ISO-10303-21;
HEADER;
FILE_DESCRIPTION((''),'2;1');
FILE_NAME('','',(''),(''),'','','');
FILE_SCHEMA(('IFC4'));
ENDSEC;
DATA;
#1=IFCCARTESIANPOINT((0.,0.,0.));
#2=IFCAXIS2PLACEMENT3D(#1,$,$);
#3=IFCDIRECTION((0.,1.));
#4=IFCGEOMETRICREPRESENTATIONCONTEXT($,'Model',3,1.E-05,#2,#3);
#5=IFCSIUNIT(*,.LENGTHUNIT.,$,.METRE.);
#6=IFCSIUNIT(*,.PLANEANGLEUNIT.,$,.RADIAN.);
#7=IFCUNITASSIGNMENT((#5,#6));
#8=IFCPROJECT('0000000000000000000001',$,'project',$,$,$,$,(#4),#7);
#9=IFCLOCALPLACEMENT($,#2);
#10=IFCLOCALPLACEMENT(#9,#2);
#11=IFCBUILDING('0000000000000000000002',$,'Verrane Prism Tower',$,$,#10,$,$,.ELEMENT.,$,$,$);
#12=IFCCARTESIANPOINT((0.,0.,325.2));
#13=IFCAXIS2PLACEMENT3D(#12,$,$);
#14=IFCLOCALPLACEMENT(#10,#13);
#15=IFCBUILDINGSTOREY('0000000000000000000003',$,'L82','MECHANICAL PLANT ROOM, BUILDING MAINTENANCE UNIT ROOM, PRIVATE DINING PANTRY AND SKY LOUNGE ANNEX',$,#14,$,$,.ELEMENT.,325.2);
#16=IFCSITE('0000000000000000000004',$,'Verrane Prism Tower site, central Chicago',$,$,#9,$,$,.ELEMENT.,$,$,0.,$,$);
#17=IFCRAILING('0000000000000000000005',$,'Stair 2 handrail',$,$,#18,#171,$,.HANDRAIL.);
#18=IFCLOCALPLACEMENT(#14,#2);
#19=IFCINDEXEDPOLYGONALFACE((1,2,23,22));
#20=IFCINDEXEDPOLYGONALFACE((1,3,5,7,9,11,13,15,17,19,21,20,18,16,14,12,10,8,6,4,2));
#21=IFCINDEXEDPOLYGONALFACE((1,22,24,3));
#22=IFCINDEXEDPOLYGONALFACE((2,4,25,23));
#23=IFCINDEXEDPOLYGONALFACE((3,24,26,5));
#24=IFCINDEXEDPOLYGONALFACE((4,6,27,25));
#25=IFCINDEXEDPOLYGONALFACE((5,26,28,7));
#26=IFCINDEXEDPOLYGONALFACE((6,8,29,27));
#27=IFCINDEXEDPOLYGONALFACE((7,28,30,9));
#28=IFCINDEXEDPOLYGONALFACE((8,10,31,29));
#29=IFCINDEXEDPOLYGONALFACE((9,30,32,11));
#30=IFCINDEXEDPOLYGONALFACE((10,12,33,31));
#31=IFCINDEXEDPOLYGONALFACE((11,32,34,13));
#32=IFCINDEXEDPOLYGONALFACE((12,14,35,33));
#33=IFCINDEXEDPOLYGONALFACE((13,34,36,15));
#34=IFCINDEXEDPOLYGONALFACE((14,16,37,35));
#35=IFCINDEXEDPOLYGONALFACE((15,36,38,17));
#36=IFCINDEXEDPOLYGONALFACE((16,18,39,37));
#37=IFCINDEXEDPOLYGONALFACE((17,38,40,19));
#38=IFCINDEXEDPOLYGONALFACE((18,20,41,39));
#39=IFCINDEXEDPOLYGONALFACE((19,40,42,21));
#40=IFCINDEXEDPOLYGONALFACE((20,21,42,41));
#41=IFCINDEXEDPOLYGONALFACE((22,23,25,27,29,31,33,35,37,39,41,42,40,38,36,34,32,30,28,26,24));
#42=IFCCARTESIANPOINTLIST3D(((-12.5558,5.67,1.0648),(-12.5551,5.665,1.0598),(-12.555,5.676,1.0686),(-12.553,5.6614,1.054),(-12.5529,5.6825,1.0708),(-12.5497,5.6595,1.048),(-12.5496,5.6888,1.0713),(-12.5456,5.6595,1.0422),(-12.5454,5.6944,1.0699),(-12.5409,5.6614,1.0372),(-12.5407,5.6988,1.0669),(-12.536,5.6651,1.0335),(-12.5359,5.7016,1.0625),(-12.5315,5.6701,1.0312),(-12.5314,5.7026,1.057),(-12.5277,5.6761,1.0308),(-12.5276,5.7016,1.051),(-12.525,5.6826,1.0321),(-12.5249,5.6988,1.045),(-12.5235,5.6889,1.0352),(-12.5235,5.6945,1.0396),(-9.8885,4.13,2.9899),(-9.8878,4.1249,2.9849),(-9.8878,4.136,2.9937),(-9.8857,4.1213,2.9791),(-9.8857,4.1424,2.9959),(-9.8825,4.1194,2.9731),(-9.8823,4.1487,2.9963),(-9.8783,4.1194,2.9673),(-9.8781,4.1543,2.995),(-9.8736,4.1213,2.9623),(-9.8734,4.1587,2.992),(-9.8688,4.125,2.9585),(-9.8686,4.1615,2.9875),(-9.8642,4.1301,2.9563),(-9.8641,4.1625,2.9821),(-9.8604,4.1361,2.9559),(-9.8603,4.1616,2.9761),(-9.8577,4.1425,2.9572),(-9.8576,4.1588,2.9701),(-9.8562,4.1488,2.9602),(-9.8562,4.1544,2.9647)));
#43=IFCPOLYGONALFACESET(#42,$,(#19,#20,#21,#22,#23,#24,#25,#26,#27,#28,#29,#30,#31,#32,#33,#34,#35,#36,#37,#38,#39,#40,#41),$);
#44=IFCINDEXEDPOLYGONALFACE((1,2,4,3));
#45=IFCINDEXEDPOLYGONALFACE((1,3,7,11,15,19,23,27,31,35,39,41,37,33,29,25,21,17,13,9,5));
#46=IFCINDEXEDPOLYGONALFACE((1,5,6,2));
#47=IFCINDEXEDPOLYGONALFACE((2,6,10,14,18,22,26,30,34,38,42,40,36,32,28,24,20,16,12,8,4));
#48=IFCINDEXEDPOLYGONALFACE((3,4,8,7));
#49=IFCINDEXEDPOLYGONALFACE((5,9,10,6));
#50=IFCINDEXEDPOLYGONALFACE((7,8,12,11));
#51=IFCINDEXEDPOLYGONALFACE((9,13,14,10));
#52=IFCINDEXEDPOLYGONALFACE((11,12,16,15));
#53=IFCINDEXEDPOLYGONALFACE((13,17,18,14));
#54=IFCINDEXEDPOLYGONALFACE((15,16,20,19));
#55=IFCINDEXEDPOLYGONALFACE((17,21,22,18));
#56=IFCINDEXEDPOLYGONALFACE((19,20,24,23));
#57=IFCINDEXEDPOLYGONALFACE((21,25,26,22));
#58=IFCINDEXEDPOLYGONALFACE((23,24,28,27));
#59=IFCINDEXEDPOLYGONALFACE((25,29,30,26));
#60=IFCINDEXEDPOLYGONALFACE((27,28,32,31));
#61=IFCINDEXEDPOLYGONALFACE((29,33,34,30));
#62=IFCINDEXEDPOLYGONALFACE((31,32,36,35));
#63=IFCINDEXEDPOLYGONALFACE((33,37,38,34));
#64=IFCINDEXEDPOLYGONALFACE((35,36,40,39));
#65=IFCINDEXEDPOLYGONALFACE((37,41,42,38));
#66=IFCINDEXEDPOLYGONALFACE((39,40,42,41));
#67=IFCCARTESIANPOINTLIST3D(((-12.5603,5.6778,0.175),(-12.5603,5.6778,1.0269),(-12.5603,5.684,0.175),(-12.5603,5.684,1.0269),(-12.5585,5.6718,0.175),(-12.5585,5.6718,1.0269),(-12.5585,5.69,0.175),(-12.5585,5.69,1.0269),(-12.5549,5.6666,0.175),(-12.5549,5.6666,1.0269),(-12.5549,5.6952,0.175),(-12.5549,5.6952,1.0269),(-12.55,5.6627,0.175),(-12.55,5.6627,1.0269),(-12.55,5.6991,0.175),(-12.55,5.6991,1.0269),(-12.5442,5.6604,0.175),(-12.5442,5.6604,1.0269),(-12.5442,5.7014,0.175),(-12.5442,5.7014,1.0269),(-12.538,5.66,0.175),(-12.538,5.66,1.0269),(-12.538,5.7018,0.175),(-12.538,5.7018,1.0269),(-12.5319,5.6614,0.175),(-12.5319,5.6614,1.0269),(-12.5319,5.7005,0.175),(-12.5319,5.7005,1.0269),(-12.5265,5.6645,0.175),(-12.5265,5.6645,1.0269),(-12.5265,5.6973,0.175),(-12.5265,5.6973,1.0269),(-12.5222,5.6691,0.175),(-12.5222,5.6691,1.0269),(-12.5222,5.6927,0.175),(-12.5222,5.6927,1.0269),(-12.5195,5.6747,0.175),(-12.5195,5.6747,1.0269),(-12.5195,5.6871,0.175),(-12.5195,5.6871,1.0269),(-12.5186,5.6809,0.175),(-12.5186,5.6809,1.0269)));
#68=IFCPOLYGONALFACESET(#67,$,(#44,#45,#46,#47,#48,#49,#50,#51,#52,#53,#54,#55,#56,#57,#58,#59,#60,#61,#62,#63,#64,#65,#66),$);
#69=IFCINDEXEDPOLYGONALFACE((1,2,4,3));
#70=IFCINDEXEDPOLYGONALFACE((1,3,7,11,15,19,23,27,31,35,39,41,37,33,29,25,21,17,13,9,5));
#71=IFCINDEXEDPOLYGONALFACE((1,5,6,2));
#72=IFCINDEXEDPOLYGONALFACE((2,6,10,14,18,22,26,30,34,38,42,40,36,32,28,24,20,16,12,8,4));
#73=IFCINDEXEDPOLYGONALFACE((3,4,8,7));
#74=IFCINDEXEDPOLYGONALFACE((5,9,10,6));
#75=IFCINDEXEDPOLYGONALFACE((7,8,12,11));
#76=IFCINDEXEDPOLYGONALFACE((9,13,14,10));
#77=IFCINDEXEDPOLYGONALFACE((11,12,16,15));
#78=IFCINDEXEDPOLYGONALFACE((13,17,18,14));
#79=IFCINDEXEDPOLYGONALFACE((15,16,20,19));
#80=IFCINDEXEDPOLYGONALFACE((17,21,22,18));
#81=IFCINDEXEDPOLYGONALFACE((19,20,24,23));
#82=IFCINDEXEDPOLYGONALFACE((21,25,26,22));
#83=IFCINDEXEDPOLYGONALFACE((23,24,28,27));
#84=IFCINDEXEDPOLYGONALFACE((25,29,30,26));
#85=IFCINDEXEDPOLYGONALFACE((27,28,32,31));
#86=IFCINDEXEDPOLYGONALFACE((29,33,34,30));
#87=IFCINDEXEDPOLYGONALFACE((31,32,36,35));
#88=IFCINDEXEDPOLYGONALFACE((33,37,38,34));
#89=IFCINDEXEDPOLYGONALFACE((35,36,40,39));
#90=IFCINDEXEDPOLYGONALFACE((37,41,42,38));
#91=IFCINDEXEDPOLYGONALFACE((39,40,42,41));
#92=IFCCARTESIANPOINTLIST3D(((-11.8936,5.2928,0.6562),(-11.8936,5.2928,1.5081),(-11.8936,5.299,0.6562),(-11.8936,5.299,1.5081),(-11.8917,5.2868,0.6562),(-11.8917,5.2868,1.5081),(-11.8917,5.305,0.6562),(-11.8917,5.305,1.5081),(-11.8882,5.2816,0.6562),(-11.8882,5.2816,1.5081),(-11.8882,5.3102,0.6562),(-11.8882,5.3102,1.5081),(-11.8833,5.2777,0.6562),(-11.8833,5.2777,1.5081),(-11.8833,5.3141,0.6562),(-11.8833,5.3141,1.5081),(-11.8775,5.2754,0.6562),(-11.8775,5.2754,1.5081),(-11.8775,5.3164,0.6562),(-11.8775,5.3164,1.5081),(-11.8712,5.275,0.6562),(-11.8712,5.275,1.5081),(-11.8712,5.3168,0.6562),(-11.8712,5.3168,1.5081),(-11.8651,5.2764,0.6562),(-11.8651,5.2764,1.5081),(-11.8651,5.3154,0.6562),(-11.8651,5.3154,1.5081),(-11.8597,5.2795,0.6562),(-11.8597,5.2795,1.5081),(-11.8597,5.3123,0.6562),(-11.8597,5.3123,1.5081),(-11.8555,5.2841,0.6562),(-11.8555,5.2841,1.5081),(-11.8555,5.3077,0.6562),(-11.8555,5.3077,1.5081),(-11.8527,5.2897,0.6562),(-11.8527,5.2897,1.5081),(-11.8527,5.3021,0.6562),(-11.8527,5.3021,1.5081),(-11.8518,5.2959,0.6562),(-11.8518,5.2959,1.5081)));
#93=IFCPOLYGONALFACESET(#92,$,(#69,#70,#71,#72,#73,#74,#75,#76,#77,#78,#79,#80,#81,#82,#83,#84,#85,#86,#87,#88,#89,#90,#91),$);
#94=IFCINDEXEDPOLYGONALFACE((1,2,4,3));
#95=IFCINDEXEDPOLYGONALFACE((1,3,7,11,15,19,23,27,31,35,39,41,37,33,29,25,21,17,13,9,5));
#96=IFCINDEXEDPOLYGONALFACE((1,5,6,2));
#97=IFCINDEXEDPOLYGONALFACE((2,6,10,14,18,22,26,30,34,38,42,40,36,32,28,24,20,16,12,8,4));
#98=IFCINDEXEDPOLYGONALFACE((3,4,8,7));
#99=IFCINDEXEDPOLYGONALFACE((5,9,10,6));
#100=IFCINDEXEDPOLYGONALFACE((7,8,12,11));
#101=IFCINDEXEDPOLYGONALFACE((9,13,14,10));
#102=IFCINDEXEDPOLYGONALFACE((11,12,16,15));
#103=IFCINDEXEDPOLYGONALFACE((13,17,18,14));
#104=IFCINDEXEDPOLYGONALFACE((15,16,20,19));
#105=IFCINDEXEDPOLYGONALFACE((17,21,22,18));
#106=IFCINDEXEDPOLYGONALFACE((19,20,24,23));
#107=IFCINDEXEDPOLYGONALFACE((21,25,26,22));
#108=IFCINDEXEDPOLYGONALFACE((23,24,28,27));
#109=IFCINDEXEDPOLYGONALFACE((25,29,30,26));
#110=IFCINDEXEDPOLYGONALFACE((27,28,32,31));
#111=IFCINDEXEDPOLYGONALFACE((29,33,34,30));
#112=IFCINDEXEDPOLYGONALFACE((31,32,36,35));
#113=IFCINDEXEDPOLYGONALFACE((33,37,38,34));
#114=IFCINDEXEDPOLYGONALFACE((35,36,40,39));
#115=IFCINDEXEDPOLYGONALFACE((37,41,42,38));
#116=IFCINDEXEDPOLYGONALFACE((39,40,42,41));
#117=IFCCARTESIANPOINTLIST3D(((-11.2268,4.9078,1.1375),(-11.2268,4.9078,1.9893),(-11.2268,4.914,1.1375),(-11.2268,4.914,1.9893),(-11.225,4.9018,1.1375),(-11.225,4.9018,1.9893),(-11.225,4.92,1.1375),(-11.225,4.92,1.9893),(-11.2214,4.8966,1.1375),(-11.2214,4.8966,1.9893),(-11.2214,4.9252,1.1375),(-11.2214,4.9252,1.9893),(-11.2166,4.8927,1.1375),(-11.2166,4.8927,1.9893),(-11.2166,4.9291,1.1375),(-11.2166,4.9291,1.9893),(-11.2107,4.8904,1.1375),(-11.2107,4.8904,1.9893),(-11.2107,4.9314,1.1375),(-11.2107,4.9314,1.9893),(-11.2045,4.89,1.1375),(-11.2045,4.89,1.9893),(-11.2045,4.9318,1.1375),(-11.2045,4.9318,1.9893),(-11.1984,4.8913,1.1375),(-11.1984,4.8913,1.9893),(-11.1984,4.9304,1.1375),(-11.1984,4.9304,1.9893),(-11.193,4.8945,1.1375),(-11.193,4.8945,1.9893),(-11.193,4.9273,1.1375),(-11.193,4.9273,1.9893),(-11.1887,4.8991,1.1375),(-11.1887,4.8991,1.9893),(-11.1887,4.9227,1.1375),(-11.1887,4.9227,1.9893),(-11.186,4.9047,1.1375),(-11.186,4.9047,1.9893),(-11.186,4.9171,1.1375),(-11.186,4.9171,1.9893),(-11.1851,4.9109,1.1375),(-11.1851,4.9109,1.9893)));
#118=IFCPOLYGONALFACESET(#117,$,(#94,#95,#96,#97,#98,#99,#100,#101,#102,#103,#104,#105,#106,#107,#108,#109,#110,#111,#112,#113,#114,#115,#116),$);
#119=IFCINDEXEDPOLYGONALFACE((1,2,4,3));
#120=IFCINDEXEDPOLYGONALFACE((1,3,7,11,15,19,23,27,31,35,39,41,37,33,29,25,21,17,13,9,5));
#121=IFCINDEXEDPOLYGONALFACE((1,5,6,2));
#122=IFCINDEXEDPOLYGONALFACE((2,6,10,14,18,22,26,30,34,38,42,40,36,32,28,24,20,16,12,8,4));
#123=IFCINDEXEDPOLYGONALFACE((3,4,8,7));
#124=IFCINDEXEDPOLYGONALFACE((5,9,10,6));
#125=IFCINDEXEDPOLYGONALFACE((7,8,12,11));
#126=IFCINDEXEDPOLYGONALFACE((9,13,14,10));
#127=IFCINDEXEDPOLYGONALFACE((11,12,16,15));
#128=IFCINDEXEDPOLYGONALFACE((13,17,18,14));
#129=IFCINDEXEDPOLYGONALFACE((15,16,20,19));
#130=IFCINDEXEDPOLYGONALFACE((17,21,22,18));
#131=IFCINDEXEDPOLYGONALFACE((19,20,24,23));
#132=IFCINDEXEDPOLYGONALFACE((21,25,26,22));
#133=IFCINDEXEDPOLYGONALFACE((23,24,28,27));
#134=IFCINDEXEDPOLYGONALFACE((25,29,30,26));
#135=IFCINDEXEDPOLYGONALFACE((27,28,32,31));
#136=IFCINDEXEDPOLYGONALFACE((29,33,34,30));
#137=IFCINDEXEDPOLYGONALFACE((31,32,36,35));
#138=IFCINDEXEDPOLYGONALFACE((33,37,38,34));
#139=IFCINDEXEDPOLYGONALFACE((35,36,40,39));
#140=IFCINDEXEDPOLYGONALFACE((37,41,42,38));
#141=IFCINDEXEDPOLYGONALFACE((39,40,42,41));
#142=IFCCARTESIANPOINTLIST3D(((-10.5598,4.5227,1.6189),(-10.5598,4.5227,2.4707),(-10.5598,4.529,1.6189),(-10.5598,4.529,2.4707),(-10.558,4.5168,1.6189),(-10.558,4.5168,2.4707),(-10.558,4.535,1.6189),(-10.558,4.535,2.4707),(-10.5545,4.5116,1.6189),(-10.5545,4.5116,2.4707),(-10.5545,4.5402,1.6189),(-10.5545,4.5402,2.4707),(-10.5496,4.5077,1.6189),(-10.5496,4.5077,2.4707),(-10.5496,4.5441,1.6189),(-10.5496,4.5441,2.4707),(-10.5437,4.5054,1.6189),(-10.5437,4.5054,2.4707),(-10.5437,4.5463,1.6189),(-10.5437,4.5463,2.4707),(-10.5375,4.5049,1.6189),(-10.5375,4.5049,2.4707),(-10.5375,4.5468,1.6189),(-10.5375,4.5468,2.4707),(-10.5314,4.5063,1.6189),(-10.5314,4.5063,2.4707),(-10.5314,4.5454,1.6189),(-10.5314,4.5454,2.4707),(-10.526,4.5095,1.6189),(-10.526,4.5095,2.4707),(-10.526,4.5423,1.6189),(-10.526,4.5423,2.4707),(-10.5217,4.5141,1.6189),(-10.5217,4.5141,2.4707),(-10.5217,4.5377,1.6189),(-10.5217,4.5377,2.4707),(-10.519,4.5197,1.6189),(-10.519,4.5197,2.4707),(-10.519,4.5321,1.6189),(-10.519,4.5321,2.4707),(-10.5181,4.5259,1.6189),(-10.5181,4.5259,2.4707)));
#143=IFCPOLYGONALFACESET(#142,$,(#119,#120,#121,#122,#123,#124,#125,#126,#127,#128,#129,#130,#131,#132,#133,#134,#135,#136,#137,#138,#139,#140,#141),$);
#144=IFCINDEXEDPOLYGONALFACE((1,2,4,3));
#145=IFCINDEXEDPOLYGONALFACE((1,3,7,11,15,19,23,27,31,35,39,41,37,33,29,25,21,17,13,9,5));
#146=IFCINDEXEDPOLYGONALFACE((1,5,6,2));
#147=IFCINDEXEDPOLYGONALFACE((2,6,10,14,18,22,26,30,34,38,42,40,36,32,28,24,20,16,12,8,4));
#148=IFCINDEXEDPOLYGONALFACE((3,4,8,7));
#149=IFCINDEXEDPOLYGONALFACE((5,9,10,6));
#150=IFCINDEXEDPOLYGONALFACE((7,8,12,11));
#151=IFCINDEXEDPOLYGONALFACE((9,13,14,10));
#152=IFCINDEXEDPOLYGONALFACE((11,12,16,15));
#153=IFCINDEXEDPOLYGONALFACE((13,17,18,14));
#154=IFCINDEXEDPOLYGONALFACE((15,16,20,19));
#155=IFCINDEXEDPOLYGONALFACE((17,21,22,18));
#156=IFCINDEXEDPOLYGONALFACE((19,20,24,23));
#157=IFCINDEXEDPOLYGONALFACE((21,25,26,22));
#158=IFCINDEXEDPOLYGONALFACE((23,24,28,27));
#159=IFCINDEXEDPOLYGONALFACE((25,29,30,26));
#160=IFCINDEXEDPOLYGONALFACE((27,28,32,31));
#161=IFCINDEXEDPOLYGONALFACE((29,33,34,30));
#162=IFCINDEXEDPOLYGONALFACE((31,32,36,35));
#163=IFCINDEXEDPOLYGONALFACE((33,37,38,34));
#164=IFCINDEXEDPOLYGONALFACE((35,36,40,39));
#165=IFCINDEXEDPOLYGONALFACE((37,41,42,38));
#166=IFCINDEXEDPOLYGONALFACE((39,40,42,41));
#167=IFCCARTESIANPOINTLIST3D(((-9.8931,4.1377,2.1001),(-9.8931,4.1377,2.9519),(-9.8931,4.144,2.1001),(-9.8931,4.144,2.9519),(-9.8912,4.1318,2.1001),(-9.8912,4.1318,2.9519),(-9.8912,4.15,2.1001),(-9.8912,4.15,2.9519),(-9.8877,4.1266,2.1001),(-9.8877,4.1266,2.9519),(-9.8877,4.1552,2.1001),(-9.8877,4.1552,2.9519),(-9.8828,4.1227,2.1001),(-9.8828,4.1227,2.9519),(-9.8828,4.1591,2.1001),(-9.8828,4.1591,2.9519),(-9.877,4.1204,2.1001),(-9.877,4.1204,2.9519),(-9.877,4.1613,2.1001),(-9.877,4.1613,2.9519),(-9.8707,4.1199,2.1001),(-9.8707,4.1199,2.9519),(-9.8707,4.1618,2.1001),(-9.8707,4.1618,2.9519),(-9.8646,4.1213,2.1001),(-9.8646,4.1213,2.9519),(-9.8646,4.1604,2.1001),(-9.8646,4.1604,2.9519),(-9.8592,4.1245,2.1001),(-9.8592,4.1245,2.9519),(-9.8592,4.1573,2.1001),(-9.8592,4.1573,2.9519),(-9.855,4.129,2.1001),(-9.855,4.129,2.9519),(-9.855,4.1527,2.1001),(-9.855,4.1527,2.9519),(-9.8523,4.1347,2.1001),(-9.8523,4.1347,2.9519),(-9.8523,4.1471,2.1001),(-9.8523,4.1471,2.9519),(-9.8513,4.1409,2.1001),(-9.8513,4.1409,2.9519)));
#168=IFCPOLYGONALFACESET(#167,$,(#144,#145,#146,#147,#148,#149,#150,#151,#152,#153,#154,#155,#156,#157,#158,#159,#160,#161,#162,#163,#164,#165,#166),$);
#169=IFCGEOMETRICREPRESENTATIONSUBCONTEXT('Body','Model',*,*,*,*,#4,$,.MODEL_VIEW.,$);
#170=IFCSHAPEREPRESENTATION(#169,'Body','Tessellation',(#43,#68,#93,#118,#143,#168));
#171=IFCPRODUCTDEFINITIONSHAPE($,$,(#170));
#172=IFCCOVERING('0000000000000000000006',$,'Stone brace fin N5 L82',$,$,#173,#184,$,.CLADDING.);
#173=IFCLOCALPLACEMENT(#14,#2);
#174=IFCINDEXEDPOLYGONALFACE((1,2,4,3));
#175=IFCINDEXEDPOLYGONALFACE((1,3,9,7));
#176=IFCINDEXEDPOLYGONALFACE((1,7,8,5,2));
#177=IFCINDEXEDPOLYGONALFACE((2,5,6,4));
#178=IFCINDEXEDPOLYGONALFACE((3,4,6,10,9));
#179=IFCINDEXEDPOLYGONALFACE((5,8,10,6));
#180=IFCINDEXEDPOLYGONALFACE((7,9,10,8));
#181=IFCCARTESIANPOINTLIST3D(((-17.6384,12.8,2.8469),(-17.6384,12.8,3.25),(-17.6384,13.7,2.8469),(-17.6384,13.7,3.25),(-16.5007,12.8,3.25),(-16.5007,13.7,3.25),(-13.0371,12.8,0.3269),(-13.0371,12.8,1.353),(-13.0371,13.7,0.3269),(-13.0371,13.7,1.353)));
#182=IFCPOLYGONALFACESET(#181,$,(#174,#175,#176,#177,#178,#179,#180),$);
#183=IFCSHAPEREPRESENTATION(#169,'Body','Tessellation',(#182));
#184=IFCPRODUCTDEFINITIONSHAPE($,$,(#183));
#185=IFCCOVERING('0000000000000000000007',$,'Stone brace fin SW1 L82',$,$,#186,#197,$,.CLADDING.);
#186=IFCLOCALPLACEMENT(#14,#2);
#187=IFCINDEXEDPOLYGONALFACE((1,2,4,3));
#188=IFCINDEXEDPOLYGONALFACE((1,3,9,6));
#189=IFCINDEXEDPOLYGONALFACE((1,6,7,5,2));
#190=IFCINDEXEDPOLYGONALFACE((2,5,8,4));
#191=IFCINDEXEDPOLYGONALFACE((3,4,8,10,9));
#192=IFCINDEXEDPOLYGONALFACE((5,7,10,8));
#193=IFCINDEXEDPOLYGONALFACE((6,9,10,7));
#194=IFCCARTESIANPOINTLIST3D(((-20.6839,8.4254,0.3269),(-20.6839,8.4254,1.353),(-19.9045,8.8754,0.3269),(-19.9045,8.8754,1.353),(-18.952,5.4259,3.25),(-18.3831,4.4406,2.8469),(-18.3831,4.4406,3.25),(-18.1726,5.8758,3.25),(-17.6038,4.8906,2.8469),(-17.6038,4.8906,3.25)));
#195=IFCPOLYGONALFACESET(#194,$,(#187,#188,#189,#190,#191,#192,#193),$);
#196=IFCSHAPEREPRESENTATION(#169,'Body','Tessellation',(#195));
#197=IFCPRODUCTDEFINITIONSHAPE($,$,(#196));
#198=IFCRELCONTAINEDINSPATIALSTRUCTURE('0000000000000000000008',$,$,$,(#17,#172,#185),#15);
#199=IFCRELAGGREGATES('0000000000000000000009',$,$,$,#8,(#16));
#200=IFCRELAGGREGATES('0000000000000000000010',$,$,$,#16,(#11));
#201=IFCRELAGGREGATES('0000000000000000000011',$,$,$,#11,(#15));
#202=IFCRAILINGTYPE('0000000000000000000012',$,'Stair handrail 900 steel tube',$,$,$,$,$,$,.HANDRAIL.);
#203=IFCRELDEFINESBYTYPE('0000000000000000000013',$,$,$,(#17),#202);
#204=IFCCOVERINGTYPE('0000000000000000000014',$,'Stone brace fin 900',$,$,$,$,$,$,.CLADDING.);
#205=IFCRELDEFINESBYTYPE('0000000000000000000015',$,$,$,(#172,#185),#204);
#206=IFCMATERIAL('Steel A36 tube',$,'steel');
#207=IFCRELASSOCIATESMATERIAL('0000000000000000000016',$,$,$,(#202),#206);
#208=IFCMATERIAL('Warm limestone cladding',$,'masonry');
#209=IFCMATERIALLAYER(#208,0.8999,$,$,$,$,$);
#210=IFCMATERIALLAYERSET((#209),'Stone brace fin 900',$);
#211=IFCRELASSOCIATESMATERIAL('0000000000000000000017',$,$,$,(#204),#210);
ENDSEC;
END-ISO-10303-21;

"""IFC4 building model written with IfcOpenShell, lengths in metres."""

from ifc_helpers import new_model, si_unit, direction, frame, origin, origin_2d, place, context, subcontext, project, spatial, polyline, circle, outline, extrude, material, layer, layer_set, type_object, element, save


model = new_model("IFC4")

# Units and contexts
model_context = context("Model", 3, precision=1e-05, world=origin(), true_north=direction((0.0, 1.0)))
body_context = subcontext(model_context, "Body", "Model", "MODEL_VIEW")
ifc_project = project(units=[si_unit("LENGTHUNIT", "METRE"), si_unit("PLANEANGLEUNIT", "RADIAN")], contexts=[model_context])

# Site, building, storey
site_placement = place(None, origin())
site = spatial("IfcSite", under=ifc_project, at=site_placement, Name="Verrane Prism Tower site, central Chicago", CompositionType="ELEMENT", RefElevation=0.0)
building_placement = place(site_placement, origin())
building = spatial("IfcBuilding", under=site, at=building_placement, Name="Verrane Prism Tower", CompositionType="ELEMENT")
storey_placement = place(building_placement, frame((0.0, 0.0, 325.2)))
storey = spatial("IfcBuildingStorey", under=building, at=storey_placement, Name="L82", Description="MECHANICAL PLANT ROOM, BUILDING MAINTENANCE UNIT ROOM, PRIVATE DINING PANTRY AND SKY LOUNGE ANNEX", CompositionType="ELEMENT", Elevation=325.2)

# Railing
ifc_material_1 = material(Name="Steel A36 tube", Category="steel")
railing_type = type_object("IfcRailingType", Name="Stair handrail 900 steel tube", PredefinedType="HANDRAIL", material=ifc_material_1)
railing_placement = place(storey_placement, frame((-12.5396, 5.6809, 0.175)))
element("IfcRailing", 1, at=railing_placement, inside=storey, type_object=railing_type, Name="Stair 2 handrail", PredefinedType="HANDRAIL", context=body_context, shape_type="SweptSolid", body=[
    extrude(circle(Radius=0.0239, at=origin_2d()), frame((0.0, 0.0, 0.876), z_axis=(0.734364, -0.424015, 0.530019), x_axis=(0.500027, 0.86601, 0.0)), (0.0, 0.0, 1.0), 3.6321),
    extrude(circle(Radius=0.021, at=origin_2d()), origin(), (0.0, 0.0, 1.0), 0.8518),
    extrude(circle(Radius=0.021, at=origin_2d()), frame((0.6667, -0.385, 0.4812)), (0.0, 0.0, 1.0), 0.8518),
    extrude(circle(Radius=0.021, at=origin_2d()), frame((1.3335, -0.77, 0.9624)), (0.0, 0.0, 1.0), 0.8518),
    extrude(circle(Radius=0.021, at=origin_2d()), frame((2.0005, -1.155, 1.4438)), (0.0, 0.0, 1.0), 0.8518),
    extrude(circle(Radius=0.021, at=origin_2d()), frame((2.6672, -1.54, 1.925)), (0.0, 0.0, 1.0), 0.8518),
])

# Coverings
ifc_material_2 = material(Name="Warm limestone cladding", Category="masonry")
ifc_layer_1 = layer(ifc_material_2, 0.8999)
ifc_layer_set_1 = layer_set([ifc_layer_1], Name="Stone brace fin 900")
covering_type = type_object("IfcCoveringType", Name="Stone brace fin 900", PredefinedType="CLADDING", material=ifc_layer_set_1)
for number, where, z_axis, x_axis, name in (
    (2, (-13.0371, 13.25, 0.3269), (0.0, 0.0, 1.0), (-1.0, 0.0, 0.0), "Stone brace fin N5 L82"),
    (3, (-20.2942, 8.6504, 0.3269), (0.0, 0.0, 1.0), (0.500019, -0.866014, 0.0), "Stone brace fin SW1 L82"),
):
    element("IfcCovering", number, at=place(storey_placement, frame(where, z_axis=z_axis, x_axis=x_axis)), inside=storey, type_object=covering_type, Name=name, PredefinedType="CLADDING", context=body_context, shape_type="SweptSolid", body=[
        extrude(outline(polyline([(4.6013, 2.9231), (3.4636, 2.9231), (0.0, 1.0261), (0.0, 0.0), (4.6013, 2.52), (4.6013, 2.9231)])), frame((0.0, 0.45, 0.0), z_axis=(0.0, -1.0, 0.0), x_axis=(1.0, 0.0, 0.0)), (0.0, 0.0, 1.0), 0.8999),
    ])

save(model, "model.ifc")
